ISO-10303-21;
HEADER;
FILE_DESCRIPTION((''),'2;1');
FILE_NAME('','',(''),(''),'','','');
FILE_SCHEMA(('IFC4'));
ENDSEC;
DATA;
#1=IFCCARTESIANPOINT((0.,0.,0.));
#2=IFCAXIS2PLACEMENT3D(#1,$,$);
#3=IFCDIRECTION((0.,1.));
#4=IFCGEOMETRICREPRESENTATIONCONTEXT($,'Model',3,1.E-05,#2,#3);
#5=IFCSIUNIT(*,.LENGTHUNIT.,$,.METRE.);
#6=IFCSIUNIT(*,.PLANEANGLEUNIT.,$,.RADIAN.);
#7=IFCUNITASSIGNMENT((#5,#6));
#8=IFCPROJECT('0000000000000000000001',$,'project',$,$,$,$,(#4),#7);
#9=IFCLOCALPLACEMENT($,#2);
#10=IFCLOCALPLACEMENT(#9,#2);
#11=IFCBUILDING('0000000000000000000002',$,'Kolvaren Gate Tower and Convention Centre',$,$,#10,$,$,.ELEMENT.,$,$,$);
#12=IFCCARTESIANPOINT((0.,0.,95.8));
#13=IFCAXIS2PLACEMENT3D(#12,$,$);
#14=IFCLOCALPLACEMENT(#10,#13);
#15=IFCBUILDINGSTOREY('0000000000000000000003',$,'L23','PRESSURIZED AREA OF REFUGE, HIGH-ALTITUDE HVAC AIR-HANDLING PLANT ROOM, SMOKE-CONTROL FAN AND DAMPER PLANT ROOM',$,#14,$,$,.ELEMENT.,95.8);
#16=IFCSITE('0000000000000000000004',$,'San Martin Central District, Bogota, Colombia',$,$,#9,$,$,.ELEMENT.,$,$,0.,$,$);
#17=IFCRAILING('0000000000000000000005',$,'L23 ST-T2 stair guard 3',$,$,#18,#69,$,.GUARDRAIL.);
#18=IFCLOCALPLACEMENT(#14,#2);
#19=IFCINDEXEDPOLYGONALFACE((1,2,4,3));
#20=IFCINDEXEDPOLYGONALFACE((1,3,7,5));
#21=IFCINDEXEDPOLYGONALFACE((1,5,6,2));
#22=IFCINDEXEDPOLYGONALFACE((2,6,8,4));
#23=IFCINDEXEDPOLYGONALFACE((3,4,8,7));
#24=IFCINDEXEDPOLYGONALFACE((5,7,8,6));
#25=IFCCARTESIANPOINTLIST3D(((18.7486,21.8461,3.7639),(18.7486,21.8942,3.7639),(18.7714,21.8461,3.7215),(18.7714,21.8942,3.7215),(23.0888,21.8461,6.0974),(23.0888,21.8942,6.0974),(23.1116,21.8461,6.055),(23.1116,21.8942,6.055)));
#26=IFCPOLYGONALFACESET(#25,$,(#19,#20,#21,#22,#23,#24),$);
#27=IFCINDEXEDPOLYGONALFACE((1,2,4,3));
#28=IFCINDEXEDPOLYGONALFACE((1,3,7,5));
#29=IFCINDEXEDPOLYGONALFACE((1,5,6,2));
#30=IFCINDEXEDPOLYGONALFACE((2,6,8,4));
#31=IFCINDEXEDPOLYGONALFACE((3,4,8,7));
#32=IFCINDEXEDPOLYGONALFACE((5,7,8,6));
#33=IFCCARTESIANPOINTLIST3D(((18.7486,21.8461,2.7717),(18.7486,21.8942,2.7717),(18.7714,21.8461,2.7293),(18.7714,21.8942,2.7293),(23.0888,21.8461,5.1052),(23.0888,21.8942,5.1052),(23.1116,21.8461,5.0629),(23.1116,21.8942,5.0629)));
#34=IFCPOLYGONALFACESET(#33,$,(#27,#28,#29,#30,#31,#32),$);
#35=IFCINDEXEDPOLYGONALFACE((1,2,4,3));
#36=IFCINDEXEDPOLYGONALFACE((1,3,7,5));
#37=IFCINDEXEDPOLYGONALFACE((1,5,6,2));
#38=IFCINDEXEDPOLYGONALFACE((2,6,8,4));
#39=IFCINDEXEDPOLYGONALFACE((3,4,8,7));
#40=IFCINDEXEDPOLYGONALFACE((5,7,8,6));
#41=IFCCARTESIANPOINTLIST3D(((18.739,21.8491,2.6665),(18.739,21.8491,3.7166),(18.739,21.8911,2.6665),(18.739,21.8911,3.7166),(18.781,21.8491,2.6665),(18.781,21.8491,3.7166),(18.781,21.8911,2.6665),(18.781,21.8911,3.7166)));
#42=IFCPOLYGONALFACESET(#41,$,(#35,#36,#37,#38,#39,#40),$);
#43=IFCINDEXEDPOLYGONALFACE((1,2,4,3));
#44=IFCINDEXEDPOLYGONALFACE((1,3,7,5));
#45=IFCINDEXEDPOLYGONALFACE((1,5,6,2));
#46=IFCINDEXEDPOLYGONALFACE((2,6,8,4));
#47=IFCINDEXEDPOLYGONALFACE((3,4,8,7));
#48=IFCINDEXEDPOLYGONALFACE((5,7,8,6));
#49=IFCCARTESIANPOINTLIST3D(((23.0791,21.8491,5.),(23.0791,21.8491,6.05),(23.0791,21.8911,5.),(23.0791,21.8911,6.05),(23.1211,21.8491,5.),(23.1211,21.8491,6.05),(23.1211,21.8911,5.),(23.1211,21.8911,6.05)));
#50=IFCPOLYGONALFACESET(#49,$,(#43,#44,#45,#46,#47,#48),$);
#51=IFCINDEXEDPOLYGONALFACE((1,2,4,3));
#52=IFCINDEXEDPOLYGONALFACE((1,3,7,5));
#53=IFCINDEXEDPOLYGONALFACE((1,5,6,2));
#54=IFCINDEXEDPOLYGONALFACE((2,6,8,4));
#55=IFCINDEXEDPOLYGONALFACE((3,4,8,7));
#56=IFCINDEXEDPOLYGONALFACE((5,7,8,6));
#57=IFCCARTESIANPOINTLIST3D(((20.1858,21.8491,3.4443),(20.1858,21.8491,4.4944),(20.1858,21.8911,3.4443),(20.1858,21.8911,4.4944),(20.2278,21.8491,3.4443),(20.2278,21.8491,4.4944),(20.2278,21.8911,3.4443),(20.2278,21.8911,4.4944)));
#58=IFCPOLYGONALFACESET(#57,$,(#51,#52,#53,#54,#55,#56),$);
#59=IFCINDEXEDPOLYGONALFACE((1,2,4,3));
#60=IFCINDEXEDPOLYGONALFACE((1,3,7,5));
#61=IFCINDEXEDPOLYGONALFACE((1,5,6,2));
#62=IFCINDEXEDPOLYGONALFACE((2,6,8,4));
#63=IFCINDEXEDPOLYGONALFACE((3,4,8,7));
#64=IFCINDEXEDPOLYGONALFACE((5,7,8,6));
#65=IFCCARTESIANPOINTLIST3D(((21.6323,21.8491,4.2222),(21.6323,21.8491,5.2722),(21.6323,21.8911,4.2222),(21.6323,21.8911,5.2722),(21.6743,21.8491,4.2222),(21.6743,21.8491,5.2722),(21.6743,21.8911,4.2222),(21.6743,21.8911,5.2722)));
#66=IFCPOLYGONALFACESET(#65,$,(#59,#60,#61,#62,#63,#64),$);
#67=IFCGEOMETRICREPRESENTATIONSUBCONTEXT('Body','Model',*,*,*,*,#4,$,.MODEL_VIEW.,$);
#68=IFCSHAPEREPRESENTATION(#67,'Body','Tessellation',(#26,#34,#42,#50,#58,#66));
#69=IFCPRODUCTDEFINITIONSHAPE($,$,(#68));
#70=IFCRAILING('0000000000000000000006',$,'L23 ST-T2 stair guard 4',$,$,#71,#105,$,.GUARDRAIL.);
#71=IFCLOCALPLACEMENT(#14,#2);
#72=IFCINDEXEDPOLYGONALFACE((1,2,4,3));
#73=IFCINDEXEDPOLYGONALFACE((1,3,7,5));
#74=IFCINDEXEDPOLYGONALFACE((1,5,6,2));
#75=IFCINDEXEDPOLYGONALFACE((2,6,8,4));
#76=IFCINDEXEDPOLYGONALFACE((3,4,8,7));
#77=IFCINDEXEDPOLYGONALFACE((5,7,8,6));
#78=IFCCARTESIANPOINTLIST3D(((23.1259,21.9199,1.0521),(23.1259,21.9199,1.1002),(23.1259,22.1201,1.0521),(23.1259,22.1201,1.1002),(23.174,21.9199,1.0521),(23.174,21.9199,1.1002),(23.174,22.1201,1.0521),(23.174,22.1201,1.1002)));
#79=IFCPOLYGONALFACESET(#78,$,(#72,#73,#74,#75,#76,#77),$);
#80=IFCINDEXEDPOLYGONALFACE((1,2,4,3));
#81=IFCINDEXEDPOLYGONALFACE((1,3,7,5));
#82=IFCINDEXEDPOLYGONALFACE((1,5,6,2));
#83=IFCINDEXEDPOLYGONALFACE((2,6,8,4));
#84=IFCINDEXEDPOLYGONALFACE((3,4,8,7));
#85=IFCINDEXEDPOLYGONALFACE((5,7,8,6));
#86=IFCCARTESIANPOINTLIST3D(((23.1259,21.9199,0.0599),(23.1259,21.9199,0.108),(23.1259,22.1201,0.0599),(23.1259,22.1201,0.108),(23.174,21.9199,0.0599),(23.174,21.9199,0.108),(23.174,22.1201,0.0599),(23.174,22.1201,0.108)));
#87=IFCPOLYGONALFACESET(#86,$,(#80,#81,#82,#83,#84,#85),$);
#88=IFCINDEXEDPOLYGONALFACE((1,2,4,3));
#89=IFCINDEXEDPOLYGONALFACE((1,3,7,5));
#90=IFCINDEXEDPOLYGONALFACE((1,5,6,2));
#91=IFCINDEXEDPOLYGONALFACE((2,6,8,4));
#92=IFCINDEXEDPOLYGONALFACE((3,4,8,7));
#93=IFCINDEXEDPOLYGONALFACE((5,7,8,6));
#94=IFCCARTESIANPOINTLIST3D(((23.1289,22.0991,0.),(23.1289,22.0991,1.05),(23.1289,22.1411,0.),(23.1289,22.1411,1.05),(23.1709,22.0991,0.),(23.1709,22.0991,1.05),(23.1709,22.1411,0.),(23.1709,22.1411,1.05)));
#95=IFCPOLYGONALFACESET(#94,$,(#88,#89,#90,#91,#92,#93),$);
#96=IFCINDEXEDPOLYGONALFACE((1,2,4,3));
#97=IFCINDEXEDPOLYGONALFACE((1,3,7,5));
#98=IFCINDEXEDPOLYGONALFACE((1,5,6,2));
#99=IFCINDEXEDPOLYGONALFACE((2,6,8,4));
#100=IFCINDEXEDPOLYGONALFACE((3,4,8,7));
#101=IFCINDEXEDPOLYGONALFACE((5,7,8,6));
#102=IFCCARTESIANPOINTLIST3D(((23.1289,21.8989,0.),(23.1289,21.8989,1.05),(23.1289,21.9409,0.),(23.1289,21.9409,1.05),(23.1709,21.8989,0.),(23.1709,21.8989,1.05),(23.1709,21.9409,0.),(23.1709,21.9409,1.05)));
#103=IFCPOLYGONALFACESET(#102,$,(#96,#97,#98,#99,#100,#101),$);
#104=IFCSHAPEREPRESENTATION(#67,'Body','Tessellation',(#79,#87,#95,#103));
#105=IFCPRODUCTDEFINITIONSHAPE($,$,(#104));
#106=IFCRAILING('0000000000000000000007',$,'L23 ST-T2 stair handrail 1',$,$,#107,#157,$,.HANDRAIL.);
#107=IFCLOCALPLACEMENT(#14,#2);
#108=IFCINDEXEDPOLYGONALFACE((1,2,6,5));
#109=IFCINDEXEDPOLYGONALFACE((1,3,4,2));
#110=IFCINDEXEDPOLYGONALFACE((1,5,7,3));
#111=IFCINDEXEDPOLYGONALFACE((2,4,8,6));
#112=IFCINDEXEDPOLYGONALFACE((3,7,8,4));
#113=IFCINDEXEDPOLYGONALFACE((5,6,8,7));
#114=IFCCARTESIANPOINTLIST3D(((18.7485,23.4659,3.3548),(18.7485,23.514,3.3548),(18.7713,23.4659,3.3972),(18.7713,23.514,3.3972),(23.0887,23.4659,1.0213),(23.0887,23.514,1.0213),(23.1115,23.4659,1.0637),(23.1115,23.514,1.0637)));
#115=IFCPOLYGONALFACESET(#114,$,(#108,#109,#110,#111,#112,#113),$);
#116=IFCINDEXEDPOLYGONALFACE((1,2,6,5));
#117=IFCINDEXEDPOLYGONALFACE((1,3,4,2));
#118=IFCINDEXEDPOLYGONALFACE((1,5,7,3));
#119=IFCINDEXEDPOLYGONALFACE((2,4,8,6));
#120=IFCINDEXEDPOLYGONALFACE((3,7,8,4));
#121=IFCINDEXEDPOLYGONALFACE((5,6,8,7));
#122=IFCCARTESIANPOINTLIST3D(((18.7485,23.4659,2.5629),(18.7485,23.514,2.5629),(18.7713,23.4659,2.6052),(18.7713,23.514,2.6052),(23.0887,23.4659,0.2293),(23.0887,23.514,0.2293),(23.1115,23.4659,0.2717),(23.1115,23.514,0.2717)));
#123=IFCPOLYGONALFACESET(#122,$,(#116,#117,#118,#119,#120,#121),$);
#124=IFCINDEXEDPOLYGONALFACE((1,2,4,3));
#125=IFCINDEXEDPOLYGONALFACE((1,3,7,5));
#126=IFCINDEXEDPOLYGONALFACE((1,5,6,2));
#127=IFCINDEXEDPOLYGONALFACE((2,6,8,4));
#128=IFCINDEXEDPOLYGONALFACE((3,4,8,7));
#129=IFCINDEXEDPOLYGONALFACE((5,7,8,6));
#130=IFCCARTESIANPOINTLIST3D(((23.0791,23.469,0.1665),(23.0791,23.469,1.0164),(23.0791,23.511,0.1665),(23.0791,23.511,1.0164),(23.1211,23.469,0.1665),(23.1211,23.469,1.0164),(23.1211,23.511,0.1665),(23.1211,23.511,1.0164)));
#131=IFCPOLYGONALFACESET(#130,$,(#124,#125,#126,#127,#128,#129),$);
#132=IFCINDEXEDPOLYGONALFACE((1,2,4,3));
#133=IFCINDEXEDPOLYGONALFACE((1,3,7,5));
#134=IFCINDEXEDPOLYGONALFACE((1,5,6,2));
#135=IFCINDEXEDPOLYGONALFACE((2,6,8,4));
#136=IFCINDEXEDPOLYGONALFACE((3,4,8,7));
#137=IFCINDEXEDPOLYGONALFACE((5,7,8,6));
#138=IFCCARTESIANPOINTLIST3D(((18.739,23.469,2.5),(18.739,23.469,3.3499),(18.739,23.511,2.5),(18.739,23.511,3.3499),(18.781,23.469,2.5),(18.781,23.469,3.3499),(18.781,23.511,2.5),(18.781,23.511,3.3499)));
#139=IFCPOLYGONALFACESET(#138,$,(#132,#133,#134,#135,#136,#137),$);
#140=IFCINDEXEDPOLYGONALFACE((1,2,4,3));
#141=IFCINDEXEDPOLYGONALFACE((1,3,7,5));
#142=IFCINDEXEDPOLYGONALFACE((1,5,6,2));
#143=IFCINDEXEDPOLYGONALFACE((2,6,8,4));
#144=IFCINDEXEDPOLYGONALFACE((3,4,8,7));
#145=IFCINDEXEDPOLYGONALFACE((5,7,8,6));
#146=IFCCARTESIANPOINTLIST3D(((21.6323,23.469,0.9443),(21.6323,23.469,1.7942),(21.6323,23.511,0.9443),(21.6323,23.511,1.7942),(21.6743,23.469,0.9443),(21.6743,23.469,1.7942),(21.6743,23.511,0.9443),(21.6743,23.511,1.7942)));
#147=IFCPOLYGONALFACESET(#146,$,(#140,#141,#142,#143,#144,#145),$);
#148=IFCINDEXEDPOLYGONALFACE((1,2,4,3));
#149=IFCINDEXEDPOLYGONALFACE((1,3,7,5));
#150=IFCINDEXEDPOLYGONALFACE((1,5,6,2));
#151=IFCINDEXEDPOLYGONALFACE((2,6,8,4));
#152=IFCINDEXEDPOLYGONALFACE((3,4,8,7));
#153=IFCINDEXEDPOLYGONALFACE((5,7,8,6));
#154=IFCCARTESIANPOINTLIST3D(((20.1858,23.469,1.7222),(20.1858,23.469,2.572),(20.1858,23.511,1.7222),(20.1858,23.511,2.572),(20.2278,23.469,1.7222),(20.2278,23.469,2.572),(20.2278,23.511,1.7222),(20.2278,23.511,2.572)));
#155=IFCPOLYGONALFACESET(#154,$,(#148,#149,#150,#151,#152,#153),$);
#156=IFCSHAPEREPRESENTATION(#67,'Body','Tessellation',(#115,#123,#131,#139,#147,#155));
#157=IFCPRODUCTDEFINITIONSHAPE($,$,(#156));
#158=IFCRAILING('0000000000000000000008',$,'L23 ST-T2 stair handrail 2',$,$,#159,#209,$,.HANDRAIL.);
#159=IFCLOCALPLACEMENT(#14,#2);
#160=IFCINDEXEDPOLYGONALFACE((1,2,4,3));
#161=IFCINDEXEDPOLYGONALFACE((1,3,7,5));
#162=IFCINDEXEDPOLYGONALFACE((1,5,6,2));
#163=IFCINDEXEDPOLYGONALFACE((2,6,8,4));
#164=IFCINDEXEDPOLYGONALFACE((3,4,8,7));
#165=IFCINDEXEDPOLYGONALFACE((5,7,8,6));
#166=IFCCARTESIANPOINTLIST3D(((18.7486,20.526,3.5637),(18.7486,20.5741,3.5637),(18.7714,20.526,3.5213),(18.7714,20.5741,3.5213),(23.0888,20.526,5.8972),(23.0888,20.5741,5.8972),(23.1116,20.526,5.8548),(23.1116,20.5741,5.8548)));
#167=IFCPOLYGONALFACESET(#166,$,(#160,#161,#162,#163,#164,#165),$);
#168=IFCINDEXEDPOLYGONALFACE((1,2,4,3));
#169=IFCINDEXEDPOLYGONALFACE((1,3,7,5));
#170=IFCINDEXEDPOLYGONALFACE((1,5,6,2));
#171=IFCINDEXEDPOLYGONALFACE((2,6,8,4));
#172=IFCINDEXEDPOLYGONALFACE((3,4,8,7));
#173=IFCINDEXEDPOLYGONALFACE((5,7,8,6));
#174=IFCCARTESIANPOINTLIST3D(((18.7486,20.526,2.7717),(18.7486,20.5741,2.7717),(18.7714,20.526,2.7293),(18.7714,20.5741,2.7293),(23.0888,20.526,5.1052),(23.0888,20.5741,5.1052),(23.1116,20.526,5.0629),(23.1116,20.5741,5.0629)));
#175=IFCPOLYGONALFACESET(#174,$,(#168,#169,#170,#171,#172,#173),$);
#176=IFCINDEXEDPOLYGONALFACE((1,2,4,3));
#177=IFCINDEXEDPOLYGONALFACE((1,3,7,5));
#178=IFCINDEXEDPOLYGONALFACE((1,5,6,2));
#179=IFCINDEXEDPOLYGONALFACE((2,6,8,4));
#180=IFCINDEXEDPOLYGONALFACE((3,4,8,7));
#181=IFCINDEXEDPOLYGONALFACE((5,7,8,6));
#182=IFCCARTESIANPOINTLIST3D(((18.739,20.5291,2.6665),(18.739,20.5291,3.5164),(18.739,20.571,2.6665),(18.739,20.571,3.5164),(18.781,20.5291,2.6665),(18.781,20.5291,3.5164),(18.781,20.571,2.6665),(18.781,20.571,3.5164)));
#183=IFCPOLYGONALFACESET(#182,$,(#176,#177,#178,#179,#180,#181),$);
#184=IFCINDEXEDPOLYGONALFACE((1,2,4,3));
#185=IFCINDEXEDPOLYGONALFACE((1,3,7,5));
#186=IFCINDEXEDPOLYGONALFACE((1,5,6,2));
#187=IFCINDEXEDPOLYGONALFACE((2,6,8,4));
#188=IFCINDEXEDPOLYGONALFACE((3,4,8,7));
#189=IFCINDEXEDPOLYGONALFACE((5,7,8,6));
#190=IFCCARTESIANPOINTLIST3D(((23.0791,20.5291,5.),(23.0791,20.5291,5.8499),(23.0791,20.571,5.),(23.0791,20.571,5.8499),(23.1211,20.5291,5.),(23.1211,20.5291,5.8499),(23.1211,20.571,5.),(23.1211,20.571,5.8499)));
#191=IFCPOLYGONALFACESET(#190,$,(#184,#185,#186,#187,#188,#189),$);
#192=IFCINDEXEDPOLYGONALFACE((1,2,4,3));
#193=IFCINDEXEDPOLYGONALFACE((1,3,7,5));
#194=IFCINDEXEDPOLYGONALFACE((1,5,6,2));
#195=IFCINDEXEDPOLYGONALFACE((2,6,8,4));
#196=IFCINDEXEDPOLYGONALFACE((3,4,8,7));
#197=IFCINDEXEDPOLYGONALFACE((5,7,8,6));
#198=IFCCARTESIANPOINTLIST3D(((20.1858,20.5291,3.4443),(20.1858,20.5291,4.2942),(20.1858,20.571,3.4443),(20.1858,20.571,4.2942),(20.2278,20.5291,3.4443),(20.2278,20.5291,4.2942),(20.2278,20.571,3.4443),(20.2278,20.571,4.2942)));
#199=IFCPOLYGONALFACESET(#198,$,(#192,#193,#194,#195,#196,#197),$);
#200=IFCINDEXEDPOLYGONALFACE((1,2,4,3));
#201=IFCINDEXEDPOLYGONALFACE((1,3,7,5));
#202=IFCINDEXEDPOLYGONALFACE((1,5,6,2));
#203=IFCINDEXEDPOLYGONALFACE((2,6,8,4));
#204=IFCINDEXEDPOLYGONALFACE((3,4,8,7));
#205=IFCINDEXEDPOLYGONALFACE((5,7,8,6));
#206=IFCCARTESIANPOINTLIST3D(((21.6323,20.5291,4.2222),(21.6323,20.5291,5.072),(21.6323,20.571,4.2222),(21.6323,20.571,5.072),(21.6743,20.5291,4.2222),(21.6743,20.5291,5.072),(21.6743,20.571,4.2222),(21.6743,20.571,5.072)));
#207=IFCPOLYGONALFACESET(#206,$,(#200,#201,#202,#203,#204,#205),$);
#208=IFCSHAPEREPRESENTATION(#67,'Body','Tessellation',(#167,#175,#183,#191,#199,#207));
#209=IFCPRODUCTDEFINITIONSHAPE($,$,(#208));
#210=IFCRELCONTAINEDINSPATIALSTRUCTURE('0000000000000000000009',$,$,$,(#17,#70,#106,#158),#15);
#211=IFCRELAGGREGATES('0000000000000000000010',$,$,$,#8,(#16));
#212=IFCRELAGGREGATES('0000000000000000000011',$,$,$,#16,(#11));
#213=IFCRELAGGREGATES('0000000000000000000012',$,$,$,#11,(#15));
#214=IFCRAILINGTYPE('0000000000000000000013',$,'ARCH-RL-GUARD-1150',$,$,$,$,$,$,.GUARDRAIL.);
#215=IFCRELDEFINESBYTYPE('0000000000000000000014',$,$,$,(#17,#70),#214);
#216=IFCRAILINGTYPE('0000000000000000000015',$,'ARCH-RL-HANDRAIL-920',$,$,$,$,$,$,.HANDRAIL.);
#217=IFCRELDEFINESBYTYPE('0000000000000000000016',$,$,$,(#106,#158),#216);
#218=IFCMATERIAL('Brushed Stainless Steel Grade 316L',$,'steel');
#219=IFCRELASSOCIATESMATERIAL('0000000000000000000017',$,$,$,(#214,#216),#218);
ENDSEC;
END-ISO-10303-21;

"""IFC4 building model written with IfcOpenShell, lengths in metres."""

from ifc_helpers import new_model, si_unit, direction, frame, origin, origin_2d, place, context, subcontext, project, spatial, rectangle, extrude, material, type_object, element, save


model = new_model("IFC4")

# Units and contexts
model_context = context("Model", 3, precision=1e-05, world=origin(), true_north=direction((0.0, 1.0)))
body_context = subcontext(model_context, "Body", "Model", "MODEL_VIEW")
ifc_project = project(units=[si_unit("LENGTHUNIT", "METRE"), si_unit("PLANEANGLEUNIT", "RADIAN")], contexts=[model_context])

# Site, building, storey
site_placement = place(None, origin())
site = spatial("IfcSite", under=ifc_project, at=site_placement, Name="San Martin Central District, Bogota, Colombia", CompositionType="ELEMENT", RefElevation=0.0)
building_placement = place(site_placement, origin())
building = spatial("IfcBuilding", under=site, at=building_placement, Name="Kolvaren Gate Tower and Convention Centre", CompositionType="ELEMENT")
storey_placement = place(building_placement, frame((0.0, 0.0, 95.8)))
storey = spatial("IfcBuildingStorey", under=building, at=storey_placement, Name="L23", Description="PRESSURIZED AREA OF REFUGE, HIGH-ALTITUDE HVAC AIR-HANDLING PLANT ROOM, SMOKE-CONTROL FAN AND DAMPER PLANT ROOM", CompositionType="ELEMENT", Elevation=95.8)

# Shared definitions
ifc_material_1 = material(Name="Brushed Stainless Steel Grade 316L", Category="steel")

# Railings
railing_type_1 = type_object("IfcRailingType", Name="ARCH-RL-GUARD-1150", PredefinedType="GUARDRAIL", material=ifc_material_1)
railing_1_placement = place(storey_placement, frame((18.76, 21.8701, 2.6665)))
element("IfcRailing", 1, at=railing_1_placement, inside=storey, type_object=railing_type_1, Name="L23 ST-T2 stair guard 3", PredefinedType="GUARDRAIL", context=body_context, shape_type="SweptSolid", body=[
    extrude(rectangle(XDim=0.0481, YDim=0.0481, at=origin_2d()), frame((0.0, 0.0, 1.0762), z_axis=(0.880765, 0.0, 0.473553), x_axis=(0.0, 1.0, 0.0)), (0.0, 0.0, 1.0), 4.9277),
    extrude(rectangle(XDim=0.0481, YDim=0.0481, at=origin_2d()), frame((0.0, 0.0, 0.084), z_axis=(0.880765, 0.0, 0.473553), x_axis=(0.0, 1.0, 0.0)), (0.0, 0.0, 1.0), 4.9277),
    extrude(rectangle(XDim=0.042, YDim=0.042, at=origin_2d()), origin(), (0.0, 0.0, 1.0), 1.05),
    extrude(rectangle(XDim=0.042, YDim=0.042, at=origin_2d()), frame((4.3401, 0.0, 2.3335)), (0.0, 0.0, 1.0), 1.05),
    extrude(rectangle(XDim=0.042, YDim=0.042, at=origin_2d()), frame((1.4468, 0.0, 0.7778)), (0.0, 0.0, 1.0), 1.05),
    extrude(rectangle(XDim=0.042, YDim=0.042, at=origin_2d()), frame((2.8933, 0.0, 1.5557)), (0.0, 0.0, 1.0), 1.05),
])
railing_2_placement = place(storey_placement, frame((23.1499, 22.1201, 0.0)))
element("IfcRailing", 2, at=railing_2_placement, inside=storey, type_object=railing_type_1, Name="L23 ST-T2 stair guard 4", PredefinedType="GUARDRAIL", context=body_context, shape_type="SweptSolid", body=[
    extrude(rectangle(XDim=0.0481, YDim=0.0481, at=origin_2d()), frame((0.0, 0.0, 1.0762), z_axis=(0.0, -1.0, 0.0), x_axis=(1.0, 0.0, 0.0)), (0.0, 0.0, 1.0), 0.2002),
    extrude(rectangle(XDim=0.0481, YDim=0.0481, at=origin_2d()), frame((0.0, 0.0, 0.084), z_axis=(0.0, -1.0, 0.0), x_axis=(1.0, 0.0, 0.0)), (0.0, 0.0, 1.0), 0.2002),
    extrude(rectangle(XDim=0.042, YDim=0.042, at=origin_2d()), origin(), (0.0, 0.0, 1.0), 1.05),
    extrude(rectangle(XDim=0.042, YDim=0.042, at=origin_2d()), frame((0.0, -0.2002, 0.0)), (0.0, 0.0, 1.0), 1.05),
])
railing_type_2 = type_object("IfcRailingType", Name="ARCH-RL-HANDRAIL-920", PredefinedType="HANDRAIL", material=ifc_material_1)
railing_3_placement = place(storey_placement, frame((23.1001, 23.49, 0.1665)))
element("IfcRailing", 3, at=railing_3_placement, inside=storey, type_object=railing_type_2, Name="L23 ST-T2 stair handrail 1", PredefinedType="HANDRAIL", context=body_context, shape_type="SweptSolid", body=[
    extrude(rectangle(XDim=0.0481, YDim=0.0481, at=origin_2d()), frame((0.0, 0.0, 0.876), z_axis=(-0.880765, 0.0, 0.473553), x_axis=(0.0, -1.0, 0.0)), (0.0, 0.0, 1.0), 4.9277),
    extrude(rectangle(XDim=0.0481, YDim=0.0481, at=origin_2d()), frame((0.0, 0.0, 0.084), z_axis=(-0.880765, 0.0, 0.473553), x_axis=(0.0, -1.0, 0.0)), (0.0, 0.0, 1.0), 4.9277),
    extrude(rectangle(XDim=0.042, YDim=0.042, at=origin_2d()), origin(), (0.0, 0.0, 1.0), 0.8499),
    extrude(rectangle(XDim=0.042, YDim=0.042, at=origin_2d()), frame((-4.3401, 0.0, 2.3335)), (0.0, 0.0, 1.0), 0.8499),
    extrude(rectangle(XDim=0.042, YDim=0.042, at=origin_2d()), frame((-1.4468, 0.0, 0.7778)), (0.0, 0.0, 1.0), 0.8499),
    extrude(rectangle(XDim=0.042, YDim=0.042, at=origin_2d()), frame((-2.8933, 0.0, 1.5557)), (0.0, 0.0, 1.0), 0.8499),
])
railing_4_placement = place(storey_placement, frame((18.76, 20.55, 2.6665)))
element("IfcRailing", 4, at=railing_4_placement, inside=storey, type_object=railing_type_2, Name="L23 ST-T2 stair handrail 2", PredefinedType="HANDRAIL", context=body_context, shape_type="SweptSolid", body=[
    extrude(rectangle(XDim=0.0481, YDim=0.0481, at=origin_2d()), frame((0.0, 0.0, 0.876), z_axis=(0.880765, 0.0, 0.473553), x_axis=(0.0, 1.0, 0.0)), (0.0, 0.0, 1.0), 4.9277),
    extrude(rectangle(XDim=0.0481, YDim=0.0481, at=origin_2d()), frame((0.0, 0.0, 0.084), z_axis=(0.880765, 0.0, 0.473553), x_axis=(0.0, 1.0, 0.0)), (0.0, 0.0, 1.0), 4.9277),
    extrude(rectangle(XDim=0.042, YDim=0.042, at=origin_2d()), origin(), (0.0, 0.0, 1.0), 0.8499),
    extrude(rectangle(XDim=0.042, YDim=0.042, at=origin_2d()), frame((4.3401, 0.0, 2.3335)), (0.0, 0.0, 1.0), 0.8499),
    extrude(rectangle(XDim=0.042, YDim=0.042, at=origin_2d()), frame((1.4468, 0.0, 0.7778)), (0.0, 0.0, 1.0), 0.8499),
    extrude(rectangle(XDim=0.042, YDim=0.042, at=origin_2d()), frame((2.8933, 0.0, 1.5557)), (0.0, 0.0, 1.0), 0.8499),
])

save(model, "model.ifc")
